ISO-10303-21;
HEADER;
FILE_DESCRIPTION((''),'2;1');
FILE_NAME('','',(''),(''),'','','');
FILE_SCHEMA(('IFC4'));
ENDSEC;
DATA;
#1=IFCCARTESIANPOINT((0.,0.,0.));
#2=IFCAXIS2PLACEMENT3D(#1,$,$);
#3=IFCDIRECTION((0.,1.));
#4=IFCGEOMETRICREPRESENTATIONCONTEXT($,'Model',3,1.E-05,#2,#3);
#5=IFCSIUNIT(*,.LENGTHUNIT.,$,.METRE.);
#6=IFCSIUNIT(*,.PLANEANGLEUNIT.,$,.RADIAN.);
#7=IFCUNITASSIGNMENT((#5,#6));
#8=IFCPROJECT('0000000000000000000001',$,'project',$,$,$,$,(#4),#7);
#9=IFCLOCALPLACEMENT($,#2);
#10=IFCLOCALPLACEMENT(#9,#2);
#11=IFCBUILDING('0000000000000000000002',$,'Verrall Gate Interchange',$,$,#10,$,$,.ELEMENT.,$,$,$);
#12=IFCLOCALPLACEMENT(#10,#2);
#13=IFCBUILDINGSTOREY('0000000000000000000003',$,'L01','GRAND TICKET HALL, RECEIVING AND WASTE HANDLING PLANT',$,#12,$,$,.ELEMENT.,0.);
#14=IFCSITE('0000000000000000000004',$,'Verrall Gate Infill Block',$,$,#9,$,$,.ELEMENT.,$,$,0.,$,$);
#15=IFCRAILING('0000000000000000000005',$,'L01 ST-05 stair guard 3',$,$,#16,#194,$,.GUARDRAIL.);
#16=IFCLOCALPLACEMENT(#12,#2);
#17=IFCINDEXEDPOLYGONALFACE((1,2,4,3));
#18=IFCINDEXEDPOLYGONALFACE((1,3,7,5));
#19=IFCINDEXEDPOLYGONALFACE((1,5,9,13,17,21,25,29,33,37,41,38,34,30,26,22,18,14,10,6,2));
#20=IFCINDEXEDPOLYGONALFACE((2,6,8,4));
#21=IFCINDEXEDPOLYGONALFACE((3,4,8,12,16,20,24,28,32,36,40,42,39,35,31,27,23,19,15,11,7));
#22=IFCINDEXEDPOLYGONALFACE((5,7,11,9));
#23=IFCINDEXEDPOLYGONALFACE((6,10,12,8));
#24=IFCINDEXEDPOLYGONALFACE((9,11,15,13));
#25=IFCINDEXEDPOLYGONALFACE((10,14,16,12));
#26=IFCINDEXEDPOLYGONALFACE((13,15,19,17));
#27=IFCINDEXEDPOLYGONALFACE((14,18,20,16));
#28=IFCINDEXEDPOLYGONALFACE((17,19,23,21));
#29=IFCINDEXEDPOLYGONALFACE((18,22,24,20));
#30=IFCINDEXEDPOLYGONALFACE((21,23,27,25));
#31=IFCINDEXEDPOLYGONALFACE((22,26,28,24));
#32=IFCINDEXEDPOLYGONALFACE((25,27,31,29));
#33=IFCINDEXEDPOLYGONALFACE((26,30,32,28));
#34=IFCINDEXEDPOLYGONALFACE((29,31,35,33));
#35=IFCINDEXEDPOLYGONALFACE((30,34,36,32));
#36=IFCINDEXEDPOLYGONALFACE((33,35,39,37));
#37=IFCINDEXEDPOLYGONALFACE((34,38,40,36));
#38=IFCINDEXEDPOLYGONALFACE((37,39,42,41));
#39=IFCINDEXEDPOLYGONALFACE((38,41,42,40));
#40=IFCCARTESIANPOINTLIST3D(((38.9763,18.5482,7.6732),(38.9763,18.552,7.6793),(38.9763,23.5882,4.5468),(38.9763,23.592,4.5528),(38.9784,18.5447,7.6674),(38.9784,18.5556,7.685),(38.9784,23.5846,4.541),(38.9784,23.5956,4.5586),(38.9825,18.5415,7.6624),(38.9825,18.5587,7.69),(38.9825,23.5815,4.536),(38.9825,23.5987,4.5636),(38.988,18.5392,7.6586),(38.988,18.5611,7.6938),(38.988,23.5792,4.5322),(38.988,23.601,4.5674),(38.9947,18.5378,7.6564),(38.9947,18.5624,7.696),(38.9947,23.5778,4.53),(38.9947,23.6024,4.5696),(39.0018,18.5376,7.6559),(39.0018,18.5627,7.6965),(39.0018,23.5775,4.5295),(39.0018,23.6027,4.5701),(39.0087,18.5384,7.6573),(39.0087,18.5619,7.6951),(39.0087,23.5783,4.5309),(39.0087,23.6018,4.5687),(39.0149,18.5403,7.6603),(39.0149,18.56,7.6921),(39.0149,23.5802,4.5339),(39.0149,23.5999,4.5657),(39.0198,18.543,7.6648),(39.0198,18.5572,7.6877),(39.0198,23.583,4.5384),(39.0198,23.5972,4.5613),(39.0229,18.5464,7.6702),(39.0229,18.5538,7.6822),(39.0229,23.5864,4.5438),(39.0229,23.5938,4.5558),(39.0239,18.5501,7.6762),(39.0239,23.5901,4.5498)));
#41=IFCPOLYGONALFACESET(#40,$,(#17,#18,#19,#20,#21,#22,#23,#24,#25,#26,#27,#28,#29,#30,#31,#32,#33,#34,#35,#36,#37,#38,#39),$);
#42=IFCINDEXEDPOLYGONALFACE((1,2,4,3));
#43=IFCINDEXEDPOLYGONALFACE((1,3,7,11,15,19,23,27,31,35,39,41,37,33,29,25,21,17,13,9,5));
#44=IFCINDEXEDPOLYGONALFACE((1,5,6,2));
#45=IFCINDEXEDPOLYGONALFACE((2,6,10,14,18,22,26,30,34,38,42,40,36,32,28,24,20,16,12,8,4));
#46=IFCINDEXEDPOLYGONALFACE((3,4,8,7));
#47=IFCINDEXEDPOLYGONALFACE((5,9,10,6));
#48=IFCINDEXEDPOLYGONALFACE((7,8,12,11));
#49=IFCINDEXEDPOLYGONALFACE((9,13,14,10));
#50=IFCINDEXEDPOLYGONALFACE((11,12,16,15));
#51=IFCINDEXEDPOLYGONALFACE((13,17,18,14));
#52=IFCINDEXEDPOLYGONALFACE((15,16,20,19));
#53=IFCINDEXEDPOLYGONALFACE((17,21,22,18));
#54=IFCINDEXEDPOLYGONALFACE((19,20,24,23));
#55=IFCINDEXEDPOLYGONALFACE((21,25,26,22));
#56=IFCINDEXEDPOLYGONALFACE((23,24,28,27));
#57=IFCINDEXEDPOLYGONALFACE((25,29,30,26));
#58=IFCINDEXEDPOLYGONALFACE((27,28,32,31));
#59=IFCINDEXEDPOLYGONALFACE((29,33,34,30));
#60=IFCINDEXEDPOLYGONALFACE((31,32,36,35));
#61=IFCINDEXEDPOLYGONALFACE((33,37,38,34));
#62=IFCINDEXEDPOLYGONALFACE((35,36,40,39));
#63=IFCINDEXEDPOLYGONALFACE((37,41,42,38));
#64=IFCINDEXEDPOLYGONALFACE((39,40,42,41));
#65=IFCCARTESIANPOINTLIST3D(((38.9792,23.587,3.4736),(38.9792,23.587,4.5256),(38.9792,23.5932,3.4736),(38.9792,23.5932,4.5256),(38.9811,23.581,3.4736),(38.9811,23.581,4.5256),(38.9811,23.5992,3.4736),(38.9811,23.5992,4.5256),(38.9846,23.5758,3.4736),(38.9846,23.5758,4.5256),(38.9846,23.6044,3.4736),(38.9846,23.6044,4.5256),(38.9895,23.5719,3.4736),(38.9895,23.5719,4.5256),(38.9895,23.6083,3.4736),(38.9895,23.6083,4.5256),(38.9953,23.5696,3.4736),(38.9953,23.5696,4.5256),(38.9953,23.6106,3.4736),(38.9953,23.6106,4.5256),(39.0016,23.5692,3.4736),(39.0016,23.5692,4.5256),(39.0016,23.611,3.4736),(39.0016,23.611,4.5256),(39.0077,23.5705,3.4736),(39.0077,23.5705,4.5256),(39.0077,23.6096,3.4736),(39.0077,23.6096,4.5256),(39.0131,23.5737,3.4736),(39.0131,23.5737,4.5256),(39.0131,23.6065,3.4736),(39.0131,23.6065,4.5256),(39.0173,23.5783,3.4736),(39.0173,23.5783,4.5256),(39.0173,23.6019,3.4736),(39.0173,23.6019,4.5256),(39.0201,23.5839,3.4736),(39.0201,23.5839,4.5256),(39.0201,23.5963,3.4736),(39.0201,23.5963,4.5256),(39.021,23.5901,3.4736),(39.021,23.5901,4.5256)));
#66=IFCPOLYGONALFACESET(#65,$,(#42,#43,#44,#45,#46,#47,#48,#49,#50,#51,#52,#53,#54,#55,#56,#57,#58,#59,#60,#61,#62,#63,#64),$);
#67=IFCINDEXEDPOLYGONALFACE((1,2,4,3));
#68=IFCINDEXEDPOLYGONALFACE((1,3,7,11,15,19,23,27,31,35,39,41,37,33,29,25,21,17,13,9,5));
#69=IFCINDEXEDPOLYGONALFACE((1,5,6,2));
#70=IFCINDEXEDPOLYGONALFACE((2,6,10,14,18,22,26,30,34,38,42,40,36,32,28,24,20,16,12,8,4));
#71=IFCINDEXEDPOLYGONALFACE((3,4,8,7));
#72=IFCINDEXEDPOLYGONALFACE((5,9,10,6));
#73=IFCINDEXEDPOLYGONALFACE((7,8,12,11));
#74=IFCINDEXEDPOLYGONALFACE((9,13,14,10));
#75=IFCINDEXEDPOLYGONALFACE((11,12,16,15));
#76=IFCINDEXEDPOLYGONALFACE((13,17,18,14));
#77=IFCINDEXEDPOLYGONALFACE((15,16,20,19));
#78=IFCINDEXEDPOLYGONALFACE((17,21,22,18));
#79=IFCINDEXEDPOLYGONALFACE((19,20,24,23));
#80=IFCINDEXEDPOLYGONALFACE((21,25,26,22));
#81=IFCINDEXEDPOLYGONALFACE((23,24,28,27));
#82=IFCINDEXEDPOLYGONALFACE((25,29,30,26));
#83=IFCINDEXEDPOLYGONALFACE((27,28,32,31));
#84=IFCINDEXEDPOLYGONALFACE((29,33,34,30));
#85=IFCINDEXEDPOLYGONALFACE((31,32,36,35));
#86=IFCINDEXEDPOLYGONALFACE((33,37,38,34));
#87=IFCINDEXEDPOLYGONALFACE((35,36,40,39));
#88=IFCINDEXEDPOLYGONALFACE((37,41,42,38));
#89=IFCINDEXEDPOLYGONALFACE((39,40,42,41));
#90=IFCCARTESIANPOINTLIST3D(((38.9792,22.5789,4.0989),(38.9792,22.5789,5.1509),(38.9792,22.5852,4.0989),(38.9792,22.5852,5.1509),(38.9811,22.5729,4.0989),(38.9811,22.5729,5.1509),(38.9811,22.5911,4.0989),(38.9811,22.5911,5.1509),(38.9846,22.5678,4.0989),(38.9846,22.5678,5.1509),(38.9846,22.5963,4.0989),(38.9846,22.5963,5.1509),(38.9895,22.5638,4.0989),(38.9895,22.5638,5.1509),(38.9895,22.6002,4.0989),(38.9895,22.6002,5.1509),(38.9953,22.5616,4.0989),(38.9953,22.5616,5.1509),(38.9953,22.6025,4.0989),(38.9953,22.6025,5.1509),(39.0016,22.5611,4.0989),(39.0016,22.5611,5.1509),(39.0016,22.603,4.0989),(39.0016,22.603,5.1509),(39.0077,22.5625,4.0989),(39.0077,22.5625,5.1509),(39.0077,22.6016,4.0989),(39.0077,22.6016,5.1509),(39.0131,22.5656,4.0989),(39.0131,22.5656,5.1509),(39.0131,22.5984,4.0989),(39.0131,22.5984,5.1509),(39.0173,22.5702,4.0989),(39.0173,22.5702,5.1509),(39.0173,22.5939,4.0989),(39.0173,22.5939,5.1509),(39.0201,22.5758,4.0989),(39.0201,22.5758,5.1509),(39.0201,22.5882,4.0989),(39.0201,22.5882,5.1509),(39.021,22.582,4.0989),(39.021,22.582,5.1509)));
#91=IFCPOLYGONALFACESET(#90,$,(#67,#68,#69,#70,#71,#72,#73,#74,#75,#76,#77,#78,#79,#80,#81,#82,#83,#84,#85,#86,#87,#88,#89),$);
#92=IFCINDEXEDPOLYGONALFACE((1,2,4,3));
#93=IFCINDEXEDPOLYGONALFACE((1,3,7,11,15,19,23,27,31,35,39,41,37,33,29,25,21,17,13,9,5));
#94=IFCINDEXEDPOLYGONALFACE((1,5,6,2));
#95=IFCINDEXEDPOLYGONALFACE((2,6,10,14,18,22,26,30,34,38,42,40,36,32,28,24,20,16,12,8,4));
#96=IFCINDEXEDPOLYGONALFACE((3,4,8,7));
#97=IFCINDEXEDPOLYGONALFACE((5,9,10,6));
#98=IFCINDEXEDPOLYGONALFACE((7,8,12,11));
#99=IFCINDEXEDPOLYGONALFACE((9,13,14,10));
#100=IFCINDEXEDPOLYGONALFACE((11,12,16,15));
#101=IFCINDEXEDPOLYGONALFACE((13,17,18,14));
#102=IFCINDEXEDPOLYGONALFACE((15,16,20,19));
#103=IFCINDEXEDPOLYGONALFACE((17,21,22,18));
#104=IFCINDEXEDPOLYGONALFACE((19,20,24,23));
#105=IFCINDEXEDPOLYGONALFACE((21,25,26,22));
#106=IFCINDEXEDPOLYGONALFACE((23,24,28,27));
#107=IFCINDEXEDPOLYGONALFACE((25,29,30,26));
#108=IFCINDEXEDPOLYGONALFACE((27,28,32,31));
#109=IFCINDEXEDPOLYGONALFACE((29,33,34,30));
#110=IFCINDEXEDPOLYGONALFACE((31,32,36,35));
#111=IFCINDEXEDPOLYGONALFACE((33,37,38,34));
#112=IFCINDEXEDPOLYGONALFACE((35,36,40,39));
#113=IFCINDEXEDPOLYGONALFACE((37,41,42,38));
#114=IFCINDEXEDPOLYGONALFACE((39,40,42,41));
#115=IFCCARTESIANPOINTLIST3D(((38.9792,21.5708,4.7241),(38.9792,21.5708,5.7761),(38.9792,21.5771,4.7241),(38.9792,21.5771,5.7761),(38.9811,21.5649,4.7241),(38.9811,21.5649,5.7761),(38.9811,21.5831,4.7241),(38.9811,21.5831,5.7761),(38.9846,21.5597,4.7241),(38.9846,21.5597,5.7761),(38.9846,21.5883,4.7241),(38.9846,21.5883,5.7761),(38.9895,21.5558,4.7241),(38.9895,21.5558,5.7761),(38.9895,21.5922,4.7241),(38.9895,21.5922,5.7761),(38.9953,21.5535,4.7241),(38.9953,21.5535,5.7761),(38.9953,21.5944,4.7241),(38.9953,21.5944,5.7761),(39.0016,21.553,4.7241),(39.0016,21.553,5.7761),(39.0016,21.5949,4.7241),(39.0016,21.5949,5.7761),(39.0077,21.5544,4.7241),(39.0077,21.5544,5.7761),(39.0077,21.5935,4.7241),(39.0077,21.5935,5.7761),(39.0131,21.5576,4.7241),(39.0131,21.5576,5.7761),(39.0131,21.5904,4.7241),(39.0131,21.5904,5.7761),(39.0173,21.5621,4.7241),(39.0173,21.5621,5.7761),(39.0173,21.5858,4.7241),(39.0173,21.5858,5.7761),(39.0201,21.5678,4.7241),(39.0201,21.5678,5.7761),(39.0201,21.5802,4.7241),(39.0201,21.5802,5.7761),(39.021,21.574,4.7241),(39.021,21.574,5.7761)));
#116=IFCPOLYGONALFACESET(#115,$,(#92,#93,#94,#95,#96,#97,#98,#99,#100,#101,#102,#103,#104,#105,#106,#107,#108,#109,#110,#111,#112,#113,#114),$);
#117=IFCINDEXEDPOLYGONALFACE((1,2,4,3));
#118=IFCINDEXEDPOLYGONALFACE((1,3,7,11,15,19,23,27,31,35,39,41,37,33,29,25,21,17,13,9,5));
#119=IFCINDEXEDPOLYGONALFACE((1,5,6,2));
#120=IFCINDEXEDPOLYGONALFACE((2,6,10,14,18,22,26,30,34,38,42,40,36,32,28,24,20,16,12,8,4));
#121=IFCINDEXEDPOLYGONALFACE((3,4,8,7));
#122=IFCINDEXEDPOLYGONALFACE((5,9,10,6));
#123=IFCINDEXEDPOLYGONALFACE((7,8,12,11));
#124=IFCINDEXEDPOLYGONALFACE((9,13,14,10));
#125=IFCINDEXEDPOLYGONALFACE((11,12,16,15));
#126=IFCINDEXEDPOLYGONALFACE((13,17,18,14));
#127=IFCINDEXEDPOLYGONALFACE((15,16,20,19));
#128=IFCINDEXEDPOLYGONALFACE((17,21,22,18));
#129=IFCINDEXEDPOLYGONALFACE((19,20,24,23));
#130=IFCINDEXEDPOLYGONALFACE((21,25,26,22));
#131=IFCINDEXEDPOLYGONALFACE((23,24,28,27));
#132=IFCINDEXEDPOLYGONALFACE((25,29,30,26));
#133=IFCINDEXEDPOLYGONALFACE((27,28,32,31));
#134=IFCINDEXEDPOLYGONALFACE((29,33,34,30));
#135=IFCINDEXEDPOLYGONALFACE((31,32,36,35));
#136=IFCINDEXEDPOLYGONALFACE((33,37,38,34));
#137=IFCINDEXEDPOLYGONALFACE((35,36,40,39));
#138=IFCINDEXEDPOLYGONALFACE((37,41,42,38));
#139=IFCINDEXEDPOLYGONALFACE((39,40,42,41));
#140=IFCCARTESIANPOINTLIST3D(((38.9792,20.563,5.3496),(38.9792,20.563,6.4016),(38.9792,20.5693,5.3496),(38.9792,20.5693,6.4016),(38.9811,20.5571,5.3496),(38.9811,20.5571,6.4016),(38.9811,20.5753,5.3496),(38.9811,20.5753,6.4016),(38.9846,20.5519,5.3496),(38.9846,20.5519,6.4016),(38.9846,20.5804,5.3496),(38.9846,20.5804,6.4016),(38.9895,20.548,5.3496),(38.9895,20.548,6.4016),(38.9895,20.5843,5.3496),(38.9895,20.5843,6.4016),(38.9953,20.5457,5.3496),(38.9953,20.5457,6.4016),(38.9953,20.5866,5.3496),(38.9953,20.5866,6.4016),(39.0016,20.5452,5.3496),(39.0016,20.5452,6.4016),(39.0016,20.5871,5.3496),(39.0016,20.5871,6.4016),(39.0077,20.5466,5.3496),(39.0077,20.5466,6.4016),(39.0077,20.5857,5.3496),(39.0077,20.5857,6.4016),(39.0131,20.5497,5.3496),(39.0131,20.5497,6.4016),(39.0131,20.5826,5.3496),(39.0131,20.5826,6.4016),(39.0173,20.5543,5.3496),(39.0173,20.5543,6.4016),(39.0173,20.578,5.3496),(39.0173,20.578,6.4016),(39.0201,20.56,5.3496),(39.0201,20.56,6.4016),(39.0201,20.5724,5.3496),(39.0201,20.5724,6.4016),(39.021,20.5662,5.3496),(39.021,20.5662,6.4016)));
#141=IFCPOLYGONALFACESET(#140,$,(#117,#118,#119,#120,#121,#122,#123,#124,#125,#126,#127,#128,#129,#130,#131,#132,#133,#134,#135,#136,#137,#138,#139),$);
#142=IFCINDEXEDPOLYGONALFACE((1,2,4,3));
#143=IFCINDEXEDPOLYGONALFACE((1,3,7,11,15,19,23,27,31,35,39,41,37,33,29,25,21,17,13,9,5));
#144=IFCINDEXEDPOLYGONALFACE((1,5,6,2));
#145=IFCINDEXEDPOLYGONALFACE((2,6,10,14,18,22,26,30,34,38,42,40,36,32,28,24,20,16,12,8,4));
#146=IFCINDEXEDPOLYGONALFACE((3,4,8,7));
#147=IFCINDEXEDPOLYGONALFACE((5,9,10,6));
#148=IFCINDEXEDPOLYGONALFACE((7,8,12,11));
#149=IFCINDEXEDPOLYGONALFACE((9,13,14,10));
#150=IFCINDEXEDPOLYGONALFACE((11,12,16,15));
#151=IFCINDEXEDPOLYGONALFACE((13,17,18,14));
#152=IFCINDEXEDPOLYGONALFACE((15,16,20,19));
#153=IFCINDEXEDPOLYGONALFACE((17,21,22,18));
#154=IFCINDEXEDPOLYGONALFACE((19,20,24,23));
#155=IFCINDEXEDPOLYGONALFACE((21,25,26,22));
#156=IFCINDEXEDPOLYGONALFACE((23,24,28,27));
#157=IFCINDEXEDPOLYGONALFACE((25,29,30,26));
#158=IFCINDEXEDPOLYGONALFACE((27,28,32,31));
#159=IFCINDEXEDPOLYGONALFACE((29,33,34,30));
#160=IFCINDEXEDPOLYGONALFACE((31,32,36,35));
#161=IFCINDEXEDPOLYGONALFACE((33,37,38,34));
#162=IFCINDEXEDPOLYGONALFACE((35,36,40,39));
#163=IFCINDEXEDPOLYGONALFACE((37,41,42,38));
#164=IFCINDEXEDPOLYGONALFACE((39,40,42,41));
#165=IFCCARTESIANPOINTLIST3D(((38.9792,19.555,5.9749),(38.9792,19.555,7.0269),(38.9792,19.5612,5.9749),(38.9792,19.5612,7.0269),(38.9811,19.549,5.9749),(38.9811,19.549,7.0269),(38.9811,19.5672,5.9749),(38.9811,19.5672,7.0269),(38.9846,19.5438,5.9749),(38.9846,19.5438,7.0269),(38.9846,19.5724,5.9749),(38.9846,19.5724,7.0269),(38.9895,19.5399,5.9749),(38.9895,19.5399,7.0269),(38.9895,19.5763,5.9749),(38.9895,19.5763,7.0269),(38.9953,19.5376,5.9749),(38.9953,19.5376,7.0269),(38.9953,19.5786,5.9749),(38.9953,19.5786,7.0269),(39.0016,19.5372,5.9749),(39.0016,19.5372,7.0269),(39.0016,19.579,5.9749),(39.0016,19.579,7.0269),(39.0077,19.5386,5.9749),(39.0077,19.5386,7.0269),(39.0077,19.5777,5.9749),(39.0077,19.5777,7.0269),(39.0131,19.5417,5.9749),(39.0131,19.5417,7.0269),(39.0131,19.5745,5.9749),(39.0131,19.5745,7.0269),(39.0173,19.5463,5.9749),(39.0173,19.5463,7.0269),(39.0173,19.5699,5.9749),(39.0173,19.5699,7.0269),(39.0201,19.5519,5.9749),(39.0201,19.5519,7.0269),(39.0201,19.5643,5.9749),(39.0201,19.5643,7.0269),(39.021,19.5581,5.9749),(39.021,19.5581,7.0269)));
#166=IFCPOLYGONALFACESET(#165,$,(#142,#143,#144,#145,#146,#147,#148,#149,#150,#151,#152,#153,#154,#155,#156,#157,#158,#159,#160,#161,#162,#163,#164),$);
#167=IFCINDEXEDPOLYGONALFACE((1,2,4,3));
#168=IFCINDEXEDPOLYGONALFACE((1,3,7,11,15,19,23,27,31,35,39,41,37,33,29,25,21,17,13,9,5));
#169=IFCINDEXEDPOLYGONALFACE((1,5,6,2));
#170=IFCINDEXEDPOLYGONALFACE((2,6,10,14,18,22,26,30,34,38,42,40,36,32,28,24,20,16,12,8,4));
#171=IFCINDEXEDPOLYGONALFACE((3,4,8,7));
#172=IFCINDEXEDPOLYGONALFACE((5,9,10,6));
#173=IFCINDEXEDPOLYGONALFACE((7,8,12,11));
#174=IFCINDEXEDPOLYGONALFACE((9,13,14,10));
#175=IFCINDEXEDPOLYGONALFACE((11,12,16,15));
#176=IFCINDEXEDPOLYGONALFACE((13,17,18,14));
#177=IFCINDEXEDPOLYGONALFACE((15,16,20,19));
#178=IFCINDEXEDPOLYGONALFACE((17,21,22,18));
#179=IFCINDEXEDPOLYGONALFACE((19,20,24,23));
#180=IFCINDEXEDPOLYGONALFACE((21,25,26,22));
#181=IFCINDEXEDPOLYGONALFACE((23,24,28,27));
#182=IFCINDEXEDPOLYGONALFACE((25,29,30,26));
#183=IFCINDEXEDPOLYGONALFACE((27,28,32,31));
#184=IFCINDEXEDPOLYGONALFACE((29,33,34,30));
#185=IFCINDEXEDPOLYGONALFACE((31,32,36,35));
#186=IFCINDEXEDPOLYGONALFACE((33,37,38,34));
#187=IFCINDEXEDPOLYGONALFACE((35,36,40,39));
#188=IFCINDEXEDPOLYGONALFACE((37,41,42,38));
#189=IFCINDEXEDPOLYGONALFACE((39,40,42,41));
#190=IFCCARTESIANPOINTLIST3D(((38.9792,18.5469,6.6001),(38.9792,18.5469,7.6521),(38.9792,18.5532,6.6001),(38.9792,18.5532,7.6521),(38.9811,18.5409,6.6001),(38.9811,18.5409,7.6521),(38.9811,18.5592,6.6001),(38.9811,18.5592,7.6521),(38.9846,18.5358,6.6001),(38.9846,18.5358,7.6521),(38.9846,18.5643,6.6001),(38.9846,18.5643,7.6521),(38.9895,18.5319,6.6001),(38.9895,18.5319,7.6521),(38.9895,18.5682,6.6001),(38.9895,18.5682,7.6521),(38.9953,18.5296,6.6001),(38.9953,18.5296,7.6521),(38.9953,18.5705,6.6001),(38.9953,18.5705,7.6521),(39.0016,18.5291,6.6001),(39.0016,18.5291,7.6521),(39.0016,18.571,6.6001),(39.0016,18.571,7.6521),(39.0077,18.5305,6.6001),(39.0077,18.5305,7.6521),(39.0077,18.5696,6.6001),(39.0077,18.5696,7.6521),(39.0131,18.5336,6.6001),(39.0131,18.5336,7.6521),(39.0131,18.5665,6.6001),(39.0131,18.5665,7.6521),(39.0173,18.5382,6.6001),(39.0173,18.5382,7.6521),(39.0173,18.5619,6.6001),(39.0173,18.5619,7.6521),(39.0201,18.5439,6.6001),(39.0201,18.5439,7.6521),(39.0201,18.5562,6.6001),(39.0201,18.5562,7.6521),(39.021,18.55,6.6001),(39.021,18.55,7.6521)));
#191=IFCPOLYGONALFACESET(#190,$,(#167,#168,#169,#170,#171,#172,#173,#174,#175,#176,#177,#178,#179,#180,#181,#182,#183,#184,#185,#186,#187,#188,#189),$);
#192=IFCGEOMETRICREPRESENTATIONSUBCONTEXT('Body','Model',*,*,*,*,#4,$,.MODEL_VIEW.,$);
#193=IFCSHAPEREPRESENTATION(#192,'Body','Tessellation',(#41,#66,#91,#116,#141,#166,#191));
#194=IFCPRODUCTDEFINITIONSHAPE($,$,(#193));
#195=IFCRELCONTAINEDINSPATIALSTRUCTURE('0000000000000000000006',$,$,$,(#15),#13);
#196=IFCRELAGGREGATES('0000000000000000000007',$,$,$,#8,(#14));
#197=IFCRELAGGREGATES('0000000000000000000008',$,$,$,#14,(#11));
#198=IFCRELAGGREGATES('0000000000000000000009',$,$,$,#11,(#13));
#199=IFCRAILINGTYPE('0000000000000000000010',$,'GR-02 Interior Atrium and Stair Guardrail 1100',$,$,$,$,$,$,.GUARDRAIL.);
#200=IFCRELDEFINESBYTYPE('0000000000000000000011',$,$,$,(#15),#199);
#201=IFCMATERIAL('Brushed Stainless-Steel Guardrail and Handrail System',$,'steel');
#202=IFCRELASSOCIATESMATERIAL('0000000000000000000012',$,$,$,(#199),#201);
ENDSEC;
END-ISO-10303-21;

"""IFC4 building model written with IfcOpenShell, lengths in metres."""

from ifc_helpers import new_model, si_unit, direction, frame, origin, origin_2d, place, context, subcontext, project, spatial, circle, extrude, material, type_object, element, save


model = new_model("IFC4")

# Units and contexts
model_context = context("Model", 3, precision=1e-05, world=origin(), true_north=direction((0.0, 1.0)))
body_context = subcontext(model_context, "Body", "Model", "MODEL_VIEW")
ifc_project = project(units=[si_unit("LENGTHUNIT", "METRE"), si_unit("PLANEANGLEUNIT", "RADIAN")], contexts=[model_context])

# Site, building, storey
site_placement = place(None, origin())
site = spatial("IfcSite", under=ifc_project, at=site_placement, Name="Verrall Gate Infill Block", CompositionType="ELEMENT", RefElevation=0.0)
building_placement = place(site_placement, origin())
building = spatial("IfcBuilding", under=site, at=building_placement, Name="Verrall Gate Interchange", CompositionType="ELEMENT")
storey_placement = place(building_placement, origin())
storey = spatial("IfcBuildingStorey", under=building, at=storey_placement, Name="L01", Description="GRAND TICKET HALL, RECEIVING AND WASTE HANDLING PLANT", CompositionType="ELEMENT", Elevation=0.0)

# Railing
ifc_material_1 = material(Name="Brushed Stainless-Steel Guardrail and Handrail System", Category="steel")
railing_type_1 = type_object("IfcRailingType", Name="GR-02 Interior Atrium and Stair Guardrail 1100", PredefinedType="GUARDRAIL", material=ifc_material_1)
railing_1_placement = place(storey_placement, frame((39.0, 23.5901, 3.4736)))
element("IfcRailing", 1, at=railing_1_placement, inside=storey, type_object=railing_type_1, Name="L01 ST-05 stair guard 3", PredefinedType="GUARDRAIL", context=body_context, shape_type="SweptSolid", body=[
    extrude(circle(Radius=0.0239, at=origin_2d()), frame((0.0, 0.0, 1.0762), z_axis=(0.0, -0.849779, 0.527139), x_axis=(1.0, 0.0, 0.0)), (0.0, 0.0, 1.0), 5.9309),
    extrude(circle(Radius=0.021, at=origin_2d()), origin(), (0.0, 0.0, 1.0), 1.052),
    extrude(circle(Radius=0.021, at=origin_2d()), frame((0.0, -1.0081, 0.6252)), (0.0, 0.0, 1.0), 1.052),
    extrude(circle(Radius=0.021, at=origin_2d()), frame((0.0, -2.0161, 1.2505)), (0.0, 0.0, 1.0), 1.052),
    extrude(circle(Radius=0.021, at=origin_2d()), frame((0.0, -3.0239, 1.876)), (0.0, 0.0, 1.0), 1.052),
    extrude(circle(Radius=0.021, at=origin_2d()), frame((0.0, -4.032, 2.5012)), (0.0, 0.0, 1.0), 1.052),
    extrude(circle(Radius=0.021, at=origin_2d()), frame((0.0, -5.04, 3.1265)), (0.0, 0.0, 1.0), 1.052),
])

save(model, "model.ifc")
